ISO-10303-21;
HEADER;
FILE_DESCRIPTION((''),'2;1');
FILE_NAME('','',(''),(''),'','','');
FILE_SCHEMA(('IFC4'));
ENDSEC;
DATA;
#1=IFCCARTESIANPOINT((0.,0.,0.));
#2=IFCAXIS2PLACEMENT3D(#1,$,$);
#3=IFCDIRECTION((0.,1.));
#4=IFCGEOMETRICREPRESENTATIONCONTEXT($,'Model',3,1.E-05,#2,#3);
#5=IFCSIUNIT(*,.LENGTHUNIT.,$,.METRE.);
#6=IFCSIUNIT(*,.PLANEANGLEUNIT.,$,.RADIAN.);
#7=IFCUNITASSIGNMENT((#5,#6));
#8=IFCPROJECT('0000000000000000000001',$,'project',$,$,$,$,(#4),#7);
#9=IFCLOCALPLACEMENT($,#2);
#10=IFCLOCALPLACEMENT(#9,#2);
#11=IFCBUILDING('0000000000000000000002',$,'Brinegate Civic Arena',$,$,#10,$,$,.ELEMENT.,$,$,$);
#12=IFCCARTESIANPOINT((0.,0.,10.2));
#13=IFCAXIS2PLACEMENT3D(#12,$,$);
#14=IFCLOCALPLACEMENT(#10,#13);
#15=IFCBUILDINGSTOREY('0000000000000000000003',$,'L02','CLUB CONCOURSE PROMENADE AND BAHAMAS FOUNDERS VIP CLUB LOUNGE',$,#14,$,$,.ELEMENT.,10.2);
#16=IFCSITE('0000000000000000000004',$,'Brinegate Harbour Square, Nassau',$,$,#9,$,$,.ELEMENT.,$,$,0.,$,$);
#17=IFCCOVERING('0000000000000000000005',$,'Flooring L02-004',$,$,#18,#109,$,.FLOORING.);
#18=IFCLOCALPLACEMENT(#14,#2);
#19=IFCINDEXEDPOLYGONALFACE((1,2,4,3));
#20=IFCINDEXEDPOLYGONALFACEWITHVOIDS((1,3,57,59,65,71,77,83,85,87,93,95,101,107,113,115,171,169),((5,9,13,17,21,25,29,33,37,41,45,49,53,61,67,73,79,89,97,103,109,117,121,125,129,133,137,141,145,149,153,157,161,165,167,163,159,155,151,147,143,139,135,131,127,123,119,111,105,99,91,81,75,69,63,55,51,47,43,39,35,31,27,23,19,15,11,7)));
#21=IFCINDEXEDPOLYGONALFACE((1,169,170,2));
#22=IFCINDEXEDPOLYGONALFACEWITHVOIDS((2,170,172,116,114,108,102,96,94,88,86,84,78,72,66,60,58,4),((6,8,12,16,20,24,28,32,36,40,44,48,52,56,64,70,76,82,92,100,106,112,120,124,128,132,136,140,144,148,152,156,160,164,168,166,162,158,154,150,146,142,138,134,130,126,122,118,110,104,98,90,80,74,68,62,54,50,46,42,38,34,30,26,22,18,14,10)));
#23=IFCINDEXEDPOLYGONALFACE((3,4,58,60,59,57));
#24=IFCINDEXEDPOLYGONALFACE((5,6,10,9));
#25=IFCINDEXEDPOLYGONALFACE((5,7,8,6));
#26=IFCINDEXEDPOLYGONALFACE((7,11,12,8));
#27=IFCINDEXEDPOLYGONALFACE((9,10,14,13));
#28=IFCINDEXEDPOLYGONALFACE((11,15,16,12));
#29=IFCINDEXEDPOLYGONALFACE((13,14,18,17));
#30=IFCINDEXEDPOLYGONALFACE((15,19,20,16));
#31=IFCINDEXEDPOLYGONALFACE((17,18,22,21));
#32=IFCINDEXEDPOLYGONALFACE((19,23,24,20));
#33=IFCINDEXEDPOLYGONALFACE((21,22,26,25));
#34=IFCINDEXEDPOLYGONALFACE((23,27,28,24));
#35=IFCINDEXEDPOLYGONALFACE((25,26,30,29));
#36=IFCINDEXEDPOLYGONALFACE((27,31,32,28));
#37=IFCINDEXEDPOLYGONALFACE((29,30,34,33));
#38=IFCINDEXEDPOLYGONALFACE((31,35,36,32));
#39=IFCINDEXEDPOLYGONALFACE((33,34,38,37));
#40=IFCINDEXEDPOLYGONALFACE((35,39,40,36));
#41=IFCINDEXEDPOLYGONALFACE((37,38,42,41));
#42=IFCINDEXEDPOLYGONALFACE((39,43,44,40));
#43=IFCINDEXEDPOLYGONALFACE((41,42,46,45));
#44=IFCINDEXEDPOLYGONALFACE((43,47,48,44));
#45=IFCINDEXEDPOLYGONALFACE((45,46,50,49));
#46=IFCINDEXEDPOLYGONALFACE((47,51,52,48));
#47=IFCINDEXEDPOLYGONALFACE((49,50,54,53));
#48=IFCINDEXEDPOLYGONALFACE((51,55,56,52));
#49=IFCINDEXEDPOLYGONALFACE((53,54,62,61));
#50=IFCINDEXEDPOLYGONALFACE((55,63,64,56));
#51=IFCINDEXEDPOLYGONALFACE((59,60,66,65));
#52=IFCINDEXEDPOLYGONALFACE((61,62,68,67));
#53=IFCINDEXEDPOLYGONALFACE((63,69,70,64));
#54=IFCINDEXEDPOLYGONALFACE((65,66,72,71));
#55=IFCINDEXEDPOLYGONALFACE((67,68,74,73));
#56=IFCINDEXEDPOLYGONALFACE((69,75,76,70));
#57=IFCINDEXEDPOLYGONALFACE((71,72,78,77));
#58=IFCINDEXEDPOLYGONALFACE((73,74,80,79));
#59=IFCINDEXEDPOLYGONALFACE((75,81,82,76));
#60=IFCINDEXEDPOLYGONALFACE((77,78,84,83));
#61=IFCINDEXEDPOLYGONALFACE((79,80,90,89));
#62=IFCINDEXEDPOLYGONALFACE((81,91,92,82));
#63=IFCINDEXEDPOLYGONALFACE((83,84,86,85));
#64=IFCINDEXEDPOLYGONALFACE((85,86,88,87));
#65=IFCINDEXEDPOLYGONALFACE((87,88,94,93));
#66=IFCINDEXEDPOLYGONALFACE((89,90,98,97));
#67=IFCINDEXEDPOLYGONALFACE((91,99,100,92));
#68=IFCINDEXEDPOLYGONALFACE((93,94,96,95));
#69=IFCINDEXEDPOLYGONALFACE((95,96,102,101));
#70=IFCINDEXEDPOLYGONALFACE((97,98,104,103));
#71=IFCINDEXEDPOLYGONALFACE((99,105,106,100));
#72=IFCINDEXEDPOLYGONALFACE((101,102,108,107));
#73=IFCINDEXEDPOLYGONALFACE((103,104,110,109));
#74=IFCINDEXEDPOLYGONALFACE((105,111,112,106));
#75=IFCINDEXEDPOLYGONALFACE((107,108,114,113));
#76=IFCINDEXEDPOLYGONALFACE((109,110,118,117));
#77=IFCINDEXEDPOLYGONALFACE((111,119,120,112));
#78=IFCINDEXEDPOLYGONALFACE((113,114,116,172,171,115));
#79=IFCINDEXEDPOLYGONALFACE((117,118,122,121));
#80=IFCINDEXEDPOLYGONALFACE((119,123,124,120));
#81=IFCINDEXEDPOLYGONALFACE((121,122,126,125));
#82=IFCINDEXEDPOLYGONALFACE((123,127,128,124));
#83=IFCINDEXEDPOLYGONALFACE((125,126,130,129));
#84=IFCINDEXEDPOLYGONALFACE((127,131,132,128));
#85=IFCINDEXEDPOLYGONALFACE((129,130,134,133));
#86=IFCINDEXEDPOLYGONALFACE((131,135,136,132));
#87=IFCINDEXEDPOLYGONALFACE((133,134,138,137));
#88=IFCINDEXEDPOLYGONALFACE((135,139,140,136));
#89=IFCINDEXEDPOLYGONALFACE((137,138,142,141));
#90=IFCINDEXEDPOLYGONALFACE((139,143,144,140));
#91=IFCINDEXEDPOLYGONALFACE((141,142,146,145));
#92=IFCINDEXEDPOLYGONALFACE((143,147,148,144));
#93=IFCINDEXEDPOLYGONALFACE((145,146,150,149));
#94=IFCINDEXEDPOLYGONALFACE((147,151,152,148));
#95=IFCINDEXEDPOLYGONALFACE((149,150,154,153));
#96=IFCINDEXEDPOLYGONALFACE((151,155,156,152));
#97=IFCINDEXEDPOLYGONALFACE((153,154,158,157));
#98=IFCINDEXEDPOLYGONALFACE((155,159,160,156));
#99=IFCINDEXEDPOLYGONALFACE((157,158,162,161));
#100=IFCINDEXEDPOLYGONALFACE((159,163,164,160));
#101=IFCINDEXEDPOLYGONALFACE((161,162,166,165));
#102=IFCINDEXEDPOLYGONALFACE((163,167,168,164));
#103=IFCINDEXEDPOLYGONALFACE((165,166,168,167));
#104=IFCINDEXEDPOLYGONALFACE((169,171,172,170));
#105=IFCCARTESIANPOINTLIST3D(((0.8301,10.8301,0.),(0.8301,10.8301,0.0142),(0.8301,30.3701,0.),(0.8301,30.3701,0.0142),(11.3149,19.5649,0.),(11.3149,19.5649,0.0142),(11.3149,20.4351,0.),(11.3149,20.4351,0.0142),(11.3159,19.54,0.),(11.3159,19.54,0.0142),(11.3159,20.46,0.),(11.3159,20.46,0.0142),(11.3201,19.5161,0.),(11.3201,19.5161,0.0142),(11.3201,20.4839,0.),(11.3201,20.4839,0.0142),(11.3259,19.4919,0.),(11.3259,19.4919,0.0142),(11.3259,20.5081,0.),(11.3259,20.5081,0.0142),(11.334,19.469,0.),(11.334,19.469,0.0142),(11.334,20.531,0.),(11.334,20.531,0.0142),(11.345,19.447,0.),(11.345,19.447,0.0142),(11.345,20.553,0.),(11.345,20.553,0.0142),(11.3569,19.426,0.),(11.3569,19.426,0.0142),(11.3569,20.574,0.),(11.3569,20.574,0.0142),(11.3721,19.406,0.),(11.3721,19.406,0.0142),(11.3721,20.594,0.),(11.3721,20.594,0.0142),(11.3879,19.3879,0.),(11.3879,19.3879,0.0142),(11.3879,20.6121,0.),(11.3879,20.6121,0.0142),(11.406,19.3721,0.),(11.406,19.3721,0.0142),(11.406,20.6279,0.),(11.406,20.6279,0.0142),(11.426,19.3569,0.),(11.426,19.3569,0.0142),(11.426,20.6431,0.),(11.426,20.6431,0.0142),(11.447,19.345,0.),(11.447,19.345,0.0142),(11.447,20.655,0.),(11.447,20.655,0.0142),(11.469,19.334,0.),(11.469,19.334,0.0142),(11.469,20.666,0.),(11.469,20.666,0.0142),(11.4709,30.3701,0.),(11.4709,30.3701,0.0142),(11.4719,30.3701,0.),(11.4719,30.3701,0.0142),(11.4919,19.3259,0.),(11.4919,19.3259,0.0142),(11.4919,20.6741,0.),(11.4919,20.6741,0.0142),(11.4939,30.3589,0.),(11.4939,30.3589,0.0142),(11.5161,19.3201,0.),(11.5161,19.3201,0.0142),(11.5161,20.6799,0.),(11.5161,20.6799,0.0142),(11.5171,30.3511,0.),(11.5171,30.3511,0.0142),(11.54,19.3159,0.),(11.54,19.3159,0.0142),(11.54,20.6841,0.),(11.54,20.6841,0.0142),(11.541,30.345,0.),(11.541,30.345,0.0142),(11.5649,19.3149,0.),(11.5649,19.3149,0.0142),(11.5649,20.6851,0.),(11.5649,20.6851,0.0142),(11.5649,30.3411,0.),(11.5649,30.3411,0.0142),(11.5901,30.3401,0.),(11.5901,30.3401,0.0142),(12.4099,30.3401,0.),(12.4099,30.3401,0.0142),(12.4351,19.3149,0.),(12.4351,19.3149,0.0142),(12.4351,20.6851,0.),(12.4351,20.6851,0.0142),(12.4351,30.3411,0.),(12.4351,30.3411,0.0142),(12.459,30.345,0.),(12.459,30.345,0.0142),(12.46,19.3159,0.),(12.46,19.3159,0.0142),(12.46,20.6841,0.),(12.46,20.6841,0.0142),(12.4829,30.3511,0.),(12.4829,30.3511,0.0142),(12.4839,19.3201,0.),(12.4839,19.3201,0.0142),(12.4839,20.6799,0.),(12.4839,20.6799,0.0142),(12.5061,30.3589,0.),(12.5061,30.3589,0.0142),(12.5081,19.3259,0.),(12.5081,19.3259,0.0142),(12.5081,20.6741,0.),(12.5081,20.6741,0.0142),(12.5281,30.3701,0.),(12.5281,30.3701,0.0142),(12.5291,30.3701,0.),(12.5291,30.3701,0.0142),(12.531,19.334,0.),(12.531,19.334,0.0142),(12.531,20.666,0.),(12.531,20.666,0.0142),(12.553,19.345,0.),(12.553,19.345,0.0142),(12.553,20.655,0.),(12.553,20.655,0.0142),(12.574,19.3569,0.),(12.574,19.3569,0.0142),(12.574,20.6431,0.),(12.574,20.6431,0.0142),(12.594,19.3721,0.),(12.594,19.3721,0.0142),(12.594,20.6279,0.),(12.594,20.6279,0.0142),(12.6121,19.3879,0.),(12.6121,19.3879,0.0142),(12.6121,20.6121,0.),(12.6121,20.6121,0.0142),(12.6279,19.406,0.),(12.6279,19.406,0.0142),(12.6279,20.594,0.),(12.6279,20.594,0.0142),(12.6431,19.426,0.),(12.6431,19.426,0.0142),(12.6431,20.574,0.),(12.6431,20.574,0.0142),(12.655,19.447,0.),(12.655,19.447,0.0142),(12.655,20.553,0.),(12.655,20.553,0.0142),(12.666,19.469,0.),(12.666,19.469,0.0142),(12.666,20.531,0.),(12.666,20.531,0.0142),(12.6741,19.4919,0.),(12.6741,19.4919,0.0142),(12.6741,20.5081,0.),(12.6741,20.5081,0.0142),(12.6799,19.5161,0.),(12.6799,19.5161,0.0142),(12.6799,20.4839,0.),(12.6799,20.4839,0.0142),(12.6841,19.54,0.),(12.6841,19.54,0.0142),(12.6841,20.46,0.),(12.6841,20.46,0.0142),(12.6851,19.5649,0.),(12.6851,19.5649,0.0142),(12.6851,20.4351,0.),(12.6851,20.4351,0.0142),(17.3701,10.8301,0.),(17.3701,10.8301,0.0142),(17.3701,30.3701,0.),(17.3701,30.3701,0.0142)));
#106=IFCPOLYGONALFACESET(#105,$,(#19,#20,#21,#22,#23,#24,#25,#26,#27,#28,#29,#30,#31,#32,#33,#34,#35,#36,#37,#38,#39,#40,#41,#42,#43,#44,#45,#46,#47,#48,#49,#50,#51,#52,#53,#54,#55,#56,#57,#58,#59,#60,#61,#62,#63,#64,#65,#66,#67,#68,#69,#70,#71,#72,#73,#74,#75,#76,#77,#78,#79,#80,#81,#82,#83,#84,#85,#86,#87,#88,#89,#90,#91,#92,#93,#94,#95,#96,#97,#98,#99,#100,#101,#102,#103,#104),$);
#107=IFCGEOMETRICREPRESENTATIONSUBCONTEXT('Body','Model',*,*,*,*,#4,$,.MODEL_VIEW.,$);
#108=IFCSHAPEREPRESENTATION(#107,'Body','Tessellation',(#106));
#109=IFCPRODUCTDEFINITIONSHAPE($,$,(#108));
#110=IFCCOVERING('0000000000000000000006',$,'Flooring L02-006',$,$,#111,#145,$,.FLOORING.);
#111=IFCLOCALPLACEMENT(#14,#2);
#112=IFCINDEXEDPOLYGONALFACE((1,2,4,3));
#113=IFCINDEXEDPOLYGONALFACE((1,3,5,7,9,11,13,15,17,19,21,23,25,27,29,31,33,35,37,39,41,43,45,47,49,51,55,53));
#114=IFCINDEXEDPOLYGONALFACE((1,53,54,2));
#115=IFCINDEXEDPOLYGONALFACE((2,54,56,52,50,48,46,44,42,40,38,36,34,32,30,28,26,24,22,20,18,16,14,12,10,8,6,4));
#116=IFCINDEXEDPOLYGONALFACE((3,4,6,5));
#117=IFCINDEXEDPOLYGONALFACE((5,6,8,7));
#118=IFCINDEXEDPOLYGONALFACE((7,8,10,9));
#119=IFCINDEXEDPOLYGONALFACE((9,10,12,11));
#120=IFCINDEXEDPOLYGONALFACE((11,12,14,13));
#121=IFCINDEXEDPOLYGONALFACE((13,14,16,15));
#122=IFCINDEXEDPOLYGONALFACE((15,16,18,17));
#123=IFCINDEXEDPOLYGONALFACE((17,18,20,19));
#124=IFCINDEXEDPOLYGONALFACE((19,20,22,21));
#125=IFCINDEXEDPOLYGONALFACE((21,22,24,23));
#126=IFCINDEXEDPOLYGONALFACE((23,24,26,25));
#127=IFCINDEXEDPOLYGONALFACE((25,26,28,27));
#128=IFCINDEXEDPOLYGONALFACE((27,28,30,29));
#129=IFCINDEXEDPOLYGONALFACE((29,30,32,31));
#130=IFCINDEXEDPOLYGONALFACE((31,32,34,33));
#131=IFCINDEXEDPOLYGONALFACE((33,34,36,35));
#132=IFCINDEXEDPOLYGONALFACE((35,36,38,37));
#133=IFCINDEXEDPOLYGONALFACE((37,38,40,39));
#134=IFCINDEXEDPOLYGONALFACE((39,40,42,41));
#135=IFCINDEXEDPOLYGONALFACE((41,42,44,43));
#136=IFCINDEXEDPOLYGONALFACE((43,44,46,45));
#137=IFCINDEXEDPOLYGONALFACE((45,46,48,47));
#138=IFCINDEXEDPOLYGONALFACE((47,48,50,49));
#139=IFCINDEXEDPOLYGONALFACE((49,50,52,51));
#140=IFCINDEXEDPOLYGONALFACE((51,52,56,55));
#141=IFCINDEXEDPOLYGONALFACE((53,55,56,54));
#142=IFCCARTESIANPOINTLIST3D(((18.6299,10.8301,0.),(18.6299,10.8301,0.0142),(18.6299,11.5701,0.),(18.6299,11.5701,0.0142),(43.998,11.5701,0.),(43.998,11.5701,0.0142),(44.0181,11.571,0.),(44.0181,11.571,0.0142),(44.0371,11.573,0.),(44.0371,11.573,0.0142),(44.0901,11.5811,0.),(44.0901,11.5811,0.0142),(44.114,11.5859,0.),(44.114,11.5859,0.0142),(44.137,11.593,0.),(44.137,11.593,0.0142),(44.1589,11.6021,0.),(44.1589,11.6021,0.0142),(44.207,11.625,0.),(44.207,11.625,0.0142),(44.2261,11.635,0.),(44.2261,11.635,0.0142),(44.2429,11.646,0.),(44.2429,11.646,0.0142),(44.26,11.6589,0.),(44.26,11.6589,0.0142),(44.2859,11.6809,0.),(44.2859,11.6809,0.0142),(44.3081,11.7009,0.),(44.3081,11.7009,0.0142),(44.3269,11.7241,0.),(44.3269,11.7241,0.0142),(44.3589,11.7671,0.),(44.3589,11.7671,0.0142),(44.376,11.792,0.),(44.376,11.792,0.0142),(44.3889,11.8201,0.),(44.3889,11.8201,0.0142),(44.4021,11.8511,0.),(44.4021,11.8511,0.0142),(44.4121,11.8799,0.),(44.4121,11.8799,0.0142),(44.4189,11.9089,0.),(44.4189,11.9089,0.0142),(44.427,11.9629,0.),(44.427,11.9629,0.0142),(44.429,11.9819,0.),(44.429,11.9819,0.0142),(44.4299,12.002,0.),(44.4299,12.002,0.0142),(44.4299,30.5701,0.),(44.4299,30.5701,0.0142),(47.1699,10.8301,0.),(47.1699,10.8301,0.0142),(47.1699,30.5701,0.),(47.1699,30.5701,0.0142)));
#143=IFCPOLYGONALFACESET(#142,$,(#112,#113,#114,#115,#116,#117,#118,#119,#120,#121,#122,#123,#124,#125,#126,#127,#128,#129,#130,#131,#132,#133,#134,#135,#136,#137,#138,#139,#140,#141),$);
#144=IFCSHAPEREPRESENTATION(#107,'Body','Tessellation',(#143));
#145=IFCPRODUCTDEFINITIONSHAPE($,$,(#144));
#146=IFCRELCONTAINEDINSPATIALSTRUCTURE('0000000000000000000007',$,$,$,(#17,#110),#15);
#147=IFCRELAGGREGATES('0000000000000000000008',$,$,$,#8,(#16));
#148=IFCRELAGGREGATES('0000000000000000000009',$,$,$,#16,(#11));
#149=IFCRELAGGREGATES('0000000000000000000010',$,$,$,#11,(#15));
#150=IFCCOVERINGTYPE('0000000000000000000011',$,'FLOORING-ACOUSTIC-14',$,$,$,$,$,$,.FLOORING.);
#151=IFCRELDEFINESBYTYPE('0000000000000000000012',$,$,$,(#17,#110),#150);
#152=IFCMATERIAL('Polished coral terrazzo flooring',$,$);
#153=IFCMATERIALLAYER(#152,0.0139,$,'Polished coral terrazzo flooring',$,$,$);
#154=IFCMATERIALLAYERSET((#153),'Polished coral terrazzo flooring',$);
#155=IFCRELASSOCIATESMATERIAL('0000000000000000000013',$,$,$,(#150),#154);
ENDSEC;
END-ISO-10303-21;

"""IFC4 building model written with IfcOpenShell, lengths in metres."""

from ifc_helpers import new_model, si_unit, direction, frame, origin, place, context, subcontext, project, spatial, polyline, outline, extrude, material, layer, layer_set, type_object, element, save


model = new_model("IFC4")

# Units and contexts
model_context = context("Model", 3, precision=1e-05, world=origin(), true_north=direction((0.0, 1.0)))
body_context = subcontext(model_context, "Body", "Model", "MODEL_VIEW")
ifc_project = project(units=[si_unit("LENGTHUNIT", "METRE"), si_unit("PLANEANGLEUNIT", "RADIAN")], contexts=[model_context])

# Site, building, storey
site_placement = place(None, origin())
site = spatial("IfcSite", under=ifc_project, at=site_placement, Name="Brinegate Harbour Square, Nassau", CompositionType="ELEMENT", RefElevation=0.0)
building_placement = place(site_placement, origin())
building = spatial("IfcBuilding", under=site, at=building_placement, Name="Brinegate Civic Arena", CompositionType="ELEMENT")
storey_placement = place(building_placement, frame((0.0, 0.0, 10.2)))
storey = spatial("IfcBuildingStorey", under=building, at=storey_placement, Name="L02", Description="CLUB CONCOURSE PROMENADE AND BAHAMAS FOUNDERS VIP CLUB LOUNGE", CompositionType="ELEMENT", Elevation=10.2)

# Coverings
ifc_material_1 = material(Name="Polished coral terrazzo flooring")
ifc_layer_1 = layer(ifc_material_1, 0.0139, Name="Polished coral terrazzo flooring")
ifc_layer_set_1 = layer_set([ifc_layer_1], Name="Polished coral terrazzo flooring")
covering_type_1 = type_object("IfcCoveringType", Name="FLOORING-ACOUSTIC-14", PredefinedType="FLOORING", material=ifc_layer_set_1)
covering_1_placement = place(storey_placement, origin())
element("IfcCovering", 1, at=covering_1_placement, inside=storey, type_object=covering_type_1, Name="Flooring L02-004", PredefinedType="FLOORING", context=body_context, shape_type="SweptSolid", body=[
    extrude(outline(polyline([(0.8301, 30.3701), (11.4709, 30.3701), (11.4719, 30.3701), (11.4939, 30.3589), (11.5171, 30.3511), (11.541, 30.345), (11.5649, 30.3411), (11.5901, 30.3401), (12.4099, 30.3401), (12.4351, 30.3411), (12.459, 30.345), (12.4829, 30.3511), (12.5061, 30.3589), (12.5281, 30.3701), (12.5291, 30.3701), (17.3701, 30.3701), (17.3701, 10.8301), (0.8301, 10.8301), (0.8301, 30.3701)]), holes=[polyline([(11.5649, 20.6851), (11.54, 20.6841), (11.5161, 20.6799), (11.4919, 20.6741), (11.469, 20.666), (11.447, 20.655), (11.426, 20.6431), (11.406, 20.6279), (11.3879, 20.6121), (11.3721, 20.594), (11.3569, 20.574), (11.345, 20.553), (11.334, 20.531), (11.3259, 20.5081), (11.3201, 20.4839), (11.3159, 20.46), (11.3149, 20.4351), (11.3149, 19.5649), (11.3159, 19.54), (11.3201, 19.5161), (11.3259, 19.4919), (11.334, 19.469), (11.345, 19.447), (11.3569, 19.426), (11.3721, 19.406), (11.3879, 19.3879), (11.406, 19.3721), (11.426, 19.3569), (11.447, 19.345), (11.469, 19.334), (11.4919, 19.3259), (11.5161, 19.3201), (11.54, 19.3159), (11.5649, 19.3149), (12.4351, 19.3149), (12.46, 19.3159), (12.4839, 19.3201), (12.5081, 19.3259), (12.531, 19.334), (12.553, 19.345), (12.574, 19.3569), (12.594, 19.3721), (12.6121, 19.3879), (12.6279, 19.406), (12.6431, 19.426), (12.655, 19.447), (12.666, 19.469), (12.6741, 19.4919), (12.6799, 19.5161), (12.6841, 19.54), (12.6851, 19.5649), (12.6851, 20.4351), (12.6841, 20.46), (12.6799, 20.4839), (12.6741, 20.5081), (12.666, 20.531), (12.655, 20.553), (12.6431, 20.574), (12.6279, 20.594), (12.6121, 20.6121), (12.594, 20.6279), (12.574, 20.6431), (12.553, 20.655), (12.531, 20.666), (12.5081, 20.6741), (12.4839, 20.6799), (12.46, 20.6841), (12.4351, 20.6851), (11.5649, 20.6851)])]), origin(), (0.0, 0.0, 1.0), 0.0142),
])
covering_2_placement = place(storey_placement, origin())
element("IfcCovering", 2, at=covering_2_placement, inside=storey, type_object=covering_type_1, Name="Flooring L02-006", PredefinedType="FLOORING", context=body_context, shape_type="SweptSolid", body=[
    extrude(outline(polyline([(18.6299, 11.5701), (43.998, 11.5701), (44.0181, 11.571), (44.0371, 11.573), (44.0901, 11.5811), (44.114, 11.5859), (44.137, 11.593), (44.1589, 11.6021), (44.207, 11.625), (44.2261, 11.635), (44.2429, 11.646), (44.26, 11.6589), (44.2859, 11.6809), (44.3081, 11.7009), (44.3269, 11.7241), (44.3589, 11.7671), (44.376, 11.792), (44.3889, 11.8201), (44.4021, 11.8511), (44.4121, 11.8799), (44.4189, 11.9089), (44.427, 11.9629), (44.429, 11.9819), (44.4299, 12.002), (44.4299, 30.5701), (47.1699, 30.5701), (47.1699, 10.8301), (18.6299, 10.8301), (18.6299, 11.5701)])), origin(), (0.0, 0.0, 1.0), 0.0142),
])

save(model, "model.ifc")
